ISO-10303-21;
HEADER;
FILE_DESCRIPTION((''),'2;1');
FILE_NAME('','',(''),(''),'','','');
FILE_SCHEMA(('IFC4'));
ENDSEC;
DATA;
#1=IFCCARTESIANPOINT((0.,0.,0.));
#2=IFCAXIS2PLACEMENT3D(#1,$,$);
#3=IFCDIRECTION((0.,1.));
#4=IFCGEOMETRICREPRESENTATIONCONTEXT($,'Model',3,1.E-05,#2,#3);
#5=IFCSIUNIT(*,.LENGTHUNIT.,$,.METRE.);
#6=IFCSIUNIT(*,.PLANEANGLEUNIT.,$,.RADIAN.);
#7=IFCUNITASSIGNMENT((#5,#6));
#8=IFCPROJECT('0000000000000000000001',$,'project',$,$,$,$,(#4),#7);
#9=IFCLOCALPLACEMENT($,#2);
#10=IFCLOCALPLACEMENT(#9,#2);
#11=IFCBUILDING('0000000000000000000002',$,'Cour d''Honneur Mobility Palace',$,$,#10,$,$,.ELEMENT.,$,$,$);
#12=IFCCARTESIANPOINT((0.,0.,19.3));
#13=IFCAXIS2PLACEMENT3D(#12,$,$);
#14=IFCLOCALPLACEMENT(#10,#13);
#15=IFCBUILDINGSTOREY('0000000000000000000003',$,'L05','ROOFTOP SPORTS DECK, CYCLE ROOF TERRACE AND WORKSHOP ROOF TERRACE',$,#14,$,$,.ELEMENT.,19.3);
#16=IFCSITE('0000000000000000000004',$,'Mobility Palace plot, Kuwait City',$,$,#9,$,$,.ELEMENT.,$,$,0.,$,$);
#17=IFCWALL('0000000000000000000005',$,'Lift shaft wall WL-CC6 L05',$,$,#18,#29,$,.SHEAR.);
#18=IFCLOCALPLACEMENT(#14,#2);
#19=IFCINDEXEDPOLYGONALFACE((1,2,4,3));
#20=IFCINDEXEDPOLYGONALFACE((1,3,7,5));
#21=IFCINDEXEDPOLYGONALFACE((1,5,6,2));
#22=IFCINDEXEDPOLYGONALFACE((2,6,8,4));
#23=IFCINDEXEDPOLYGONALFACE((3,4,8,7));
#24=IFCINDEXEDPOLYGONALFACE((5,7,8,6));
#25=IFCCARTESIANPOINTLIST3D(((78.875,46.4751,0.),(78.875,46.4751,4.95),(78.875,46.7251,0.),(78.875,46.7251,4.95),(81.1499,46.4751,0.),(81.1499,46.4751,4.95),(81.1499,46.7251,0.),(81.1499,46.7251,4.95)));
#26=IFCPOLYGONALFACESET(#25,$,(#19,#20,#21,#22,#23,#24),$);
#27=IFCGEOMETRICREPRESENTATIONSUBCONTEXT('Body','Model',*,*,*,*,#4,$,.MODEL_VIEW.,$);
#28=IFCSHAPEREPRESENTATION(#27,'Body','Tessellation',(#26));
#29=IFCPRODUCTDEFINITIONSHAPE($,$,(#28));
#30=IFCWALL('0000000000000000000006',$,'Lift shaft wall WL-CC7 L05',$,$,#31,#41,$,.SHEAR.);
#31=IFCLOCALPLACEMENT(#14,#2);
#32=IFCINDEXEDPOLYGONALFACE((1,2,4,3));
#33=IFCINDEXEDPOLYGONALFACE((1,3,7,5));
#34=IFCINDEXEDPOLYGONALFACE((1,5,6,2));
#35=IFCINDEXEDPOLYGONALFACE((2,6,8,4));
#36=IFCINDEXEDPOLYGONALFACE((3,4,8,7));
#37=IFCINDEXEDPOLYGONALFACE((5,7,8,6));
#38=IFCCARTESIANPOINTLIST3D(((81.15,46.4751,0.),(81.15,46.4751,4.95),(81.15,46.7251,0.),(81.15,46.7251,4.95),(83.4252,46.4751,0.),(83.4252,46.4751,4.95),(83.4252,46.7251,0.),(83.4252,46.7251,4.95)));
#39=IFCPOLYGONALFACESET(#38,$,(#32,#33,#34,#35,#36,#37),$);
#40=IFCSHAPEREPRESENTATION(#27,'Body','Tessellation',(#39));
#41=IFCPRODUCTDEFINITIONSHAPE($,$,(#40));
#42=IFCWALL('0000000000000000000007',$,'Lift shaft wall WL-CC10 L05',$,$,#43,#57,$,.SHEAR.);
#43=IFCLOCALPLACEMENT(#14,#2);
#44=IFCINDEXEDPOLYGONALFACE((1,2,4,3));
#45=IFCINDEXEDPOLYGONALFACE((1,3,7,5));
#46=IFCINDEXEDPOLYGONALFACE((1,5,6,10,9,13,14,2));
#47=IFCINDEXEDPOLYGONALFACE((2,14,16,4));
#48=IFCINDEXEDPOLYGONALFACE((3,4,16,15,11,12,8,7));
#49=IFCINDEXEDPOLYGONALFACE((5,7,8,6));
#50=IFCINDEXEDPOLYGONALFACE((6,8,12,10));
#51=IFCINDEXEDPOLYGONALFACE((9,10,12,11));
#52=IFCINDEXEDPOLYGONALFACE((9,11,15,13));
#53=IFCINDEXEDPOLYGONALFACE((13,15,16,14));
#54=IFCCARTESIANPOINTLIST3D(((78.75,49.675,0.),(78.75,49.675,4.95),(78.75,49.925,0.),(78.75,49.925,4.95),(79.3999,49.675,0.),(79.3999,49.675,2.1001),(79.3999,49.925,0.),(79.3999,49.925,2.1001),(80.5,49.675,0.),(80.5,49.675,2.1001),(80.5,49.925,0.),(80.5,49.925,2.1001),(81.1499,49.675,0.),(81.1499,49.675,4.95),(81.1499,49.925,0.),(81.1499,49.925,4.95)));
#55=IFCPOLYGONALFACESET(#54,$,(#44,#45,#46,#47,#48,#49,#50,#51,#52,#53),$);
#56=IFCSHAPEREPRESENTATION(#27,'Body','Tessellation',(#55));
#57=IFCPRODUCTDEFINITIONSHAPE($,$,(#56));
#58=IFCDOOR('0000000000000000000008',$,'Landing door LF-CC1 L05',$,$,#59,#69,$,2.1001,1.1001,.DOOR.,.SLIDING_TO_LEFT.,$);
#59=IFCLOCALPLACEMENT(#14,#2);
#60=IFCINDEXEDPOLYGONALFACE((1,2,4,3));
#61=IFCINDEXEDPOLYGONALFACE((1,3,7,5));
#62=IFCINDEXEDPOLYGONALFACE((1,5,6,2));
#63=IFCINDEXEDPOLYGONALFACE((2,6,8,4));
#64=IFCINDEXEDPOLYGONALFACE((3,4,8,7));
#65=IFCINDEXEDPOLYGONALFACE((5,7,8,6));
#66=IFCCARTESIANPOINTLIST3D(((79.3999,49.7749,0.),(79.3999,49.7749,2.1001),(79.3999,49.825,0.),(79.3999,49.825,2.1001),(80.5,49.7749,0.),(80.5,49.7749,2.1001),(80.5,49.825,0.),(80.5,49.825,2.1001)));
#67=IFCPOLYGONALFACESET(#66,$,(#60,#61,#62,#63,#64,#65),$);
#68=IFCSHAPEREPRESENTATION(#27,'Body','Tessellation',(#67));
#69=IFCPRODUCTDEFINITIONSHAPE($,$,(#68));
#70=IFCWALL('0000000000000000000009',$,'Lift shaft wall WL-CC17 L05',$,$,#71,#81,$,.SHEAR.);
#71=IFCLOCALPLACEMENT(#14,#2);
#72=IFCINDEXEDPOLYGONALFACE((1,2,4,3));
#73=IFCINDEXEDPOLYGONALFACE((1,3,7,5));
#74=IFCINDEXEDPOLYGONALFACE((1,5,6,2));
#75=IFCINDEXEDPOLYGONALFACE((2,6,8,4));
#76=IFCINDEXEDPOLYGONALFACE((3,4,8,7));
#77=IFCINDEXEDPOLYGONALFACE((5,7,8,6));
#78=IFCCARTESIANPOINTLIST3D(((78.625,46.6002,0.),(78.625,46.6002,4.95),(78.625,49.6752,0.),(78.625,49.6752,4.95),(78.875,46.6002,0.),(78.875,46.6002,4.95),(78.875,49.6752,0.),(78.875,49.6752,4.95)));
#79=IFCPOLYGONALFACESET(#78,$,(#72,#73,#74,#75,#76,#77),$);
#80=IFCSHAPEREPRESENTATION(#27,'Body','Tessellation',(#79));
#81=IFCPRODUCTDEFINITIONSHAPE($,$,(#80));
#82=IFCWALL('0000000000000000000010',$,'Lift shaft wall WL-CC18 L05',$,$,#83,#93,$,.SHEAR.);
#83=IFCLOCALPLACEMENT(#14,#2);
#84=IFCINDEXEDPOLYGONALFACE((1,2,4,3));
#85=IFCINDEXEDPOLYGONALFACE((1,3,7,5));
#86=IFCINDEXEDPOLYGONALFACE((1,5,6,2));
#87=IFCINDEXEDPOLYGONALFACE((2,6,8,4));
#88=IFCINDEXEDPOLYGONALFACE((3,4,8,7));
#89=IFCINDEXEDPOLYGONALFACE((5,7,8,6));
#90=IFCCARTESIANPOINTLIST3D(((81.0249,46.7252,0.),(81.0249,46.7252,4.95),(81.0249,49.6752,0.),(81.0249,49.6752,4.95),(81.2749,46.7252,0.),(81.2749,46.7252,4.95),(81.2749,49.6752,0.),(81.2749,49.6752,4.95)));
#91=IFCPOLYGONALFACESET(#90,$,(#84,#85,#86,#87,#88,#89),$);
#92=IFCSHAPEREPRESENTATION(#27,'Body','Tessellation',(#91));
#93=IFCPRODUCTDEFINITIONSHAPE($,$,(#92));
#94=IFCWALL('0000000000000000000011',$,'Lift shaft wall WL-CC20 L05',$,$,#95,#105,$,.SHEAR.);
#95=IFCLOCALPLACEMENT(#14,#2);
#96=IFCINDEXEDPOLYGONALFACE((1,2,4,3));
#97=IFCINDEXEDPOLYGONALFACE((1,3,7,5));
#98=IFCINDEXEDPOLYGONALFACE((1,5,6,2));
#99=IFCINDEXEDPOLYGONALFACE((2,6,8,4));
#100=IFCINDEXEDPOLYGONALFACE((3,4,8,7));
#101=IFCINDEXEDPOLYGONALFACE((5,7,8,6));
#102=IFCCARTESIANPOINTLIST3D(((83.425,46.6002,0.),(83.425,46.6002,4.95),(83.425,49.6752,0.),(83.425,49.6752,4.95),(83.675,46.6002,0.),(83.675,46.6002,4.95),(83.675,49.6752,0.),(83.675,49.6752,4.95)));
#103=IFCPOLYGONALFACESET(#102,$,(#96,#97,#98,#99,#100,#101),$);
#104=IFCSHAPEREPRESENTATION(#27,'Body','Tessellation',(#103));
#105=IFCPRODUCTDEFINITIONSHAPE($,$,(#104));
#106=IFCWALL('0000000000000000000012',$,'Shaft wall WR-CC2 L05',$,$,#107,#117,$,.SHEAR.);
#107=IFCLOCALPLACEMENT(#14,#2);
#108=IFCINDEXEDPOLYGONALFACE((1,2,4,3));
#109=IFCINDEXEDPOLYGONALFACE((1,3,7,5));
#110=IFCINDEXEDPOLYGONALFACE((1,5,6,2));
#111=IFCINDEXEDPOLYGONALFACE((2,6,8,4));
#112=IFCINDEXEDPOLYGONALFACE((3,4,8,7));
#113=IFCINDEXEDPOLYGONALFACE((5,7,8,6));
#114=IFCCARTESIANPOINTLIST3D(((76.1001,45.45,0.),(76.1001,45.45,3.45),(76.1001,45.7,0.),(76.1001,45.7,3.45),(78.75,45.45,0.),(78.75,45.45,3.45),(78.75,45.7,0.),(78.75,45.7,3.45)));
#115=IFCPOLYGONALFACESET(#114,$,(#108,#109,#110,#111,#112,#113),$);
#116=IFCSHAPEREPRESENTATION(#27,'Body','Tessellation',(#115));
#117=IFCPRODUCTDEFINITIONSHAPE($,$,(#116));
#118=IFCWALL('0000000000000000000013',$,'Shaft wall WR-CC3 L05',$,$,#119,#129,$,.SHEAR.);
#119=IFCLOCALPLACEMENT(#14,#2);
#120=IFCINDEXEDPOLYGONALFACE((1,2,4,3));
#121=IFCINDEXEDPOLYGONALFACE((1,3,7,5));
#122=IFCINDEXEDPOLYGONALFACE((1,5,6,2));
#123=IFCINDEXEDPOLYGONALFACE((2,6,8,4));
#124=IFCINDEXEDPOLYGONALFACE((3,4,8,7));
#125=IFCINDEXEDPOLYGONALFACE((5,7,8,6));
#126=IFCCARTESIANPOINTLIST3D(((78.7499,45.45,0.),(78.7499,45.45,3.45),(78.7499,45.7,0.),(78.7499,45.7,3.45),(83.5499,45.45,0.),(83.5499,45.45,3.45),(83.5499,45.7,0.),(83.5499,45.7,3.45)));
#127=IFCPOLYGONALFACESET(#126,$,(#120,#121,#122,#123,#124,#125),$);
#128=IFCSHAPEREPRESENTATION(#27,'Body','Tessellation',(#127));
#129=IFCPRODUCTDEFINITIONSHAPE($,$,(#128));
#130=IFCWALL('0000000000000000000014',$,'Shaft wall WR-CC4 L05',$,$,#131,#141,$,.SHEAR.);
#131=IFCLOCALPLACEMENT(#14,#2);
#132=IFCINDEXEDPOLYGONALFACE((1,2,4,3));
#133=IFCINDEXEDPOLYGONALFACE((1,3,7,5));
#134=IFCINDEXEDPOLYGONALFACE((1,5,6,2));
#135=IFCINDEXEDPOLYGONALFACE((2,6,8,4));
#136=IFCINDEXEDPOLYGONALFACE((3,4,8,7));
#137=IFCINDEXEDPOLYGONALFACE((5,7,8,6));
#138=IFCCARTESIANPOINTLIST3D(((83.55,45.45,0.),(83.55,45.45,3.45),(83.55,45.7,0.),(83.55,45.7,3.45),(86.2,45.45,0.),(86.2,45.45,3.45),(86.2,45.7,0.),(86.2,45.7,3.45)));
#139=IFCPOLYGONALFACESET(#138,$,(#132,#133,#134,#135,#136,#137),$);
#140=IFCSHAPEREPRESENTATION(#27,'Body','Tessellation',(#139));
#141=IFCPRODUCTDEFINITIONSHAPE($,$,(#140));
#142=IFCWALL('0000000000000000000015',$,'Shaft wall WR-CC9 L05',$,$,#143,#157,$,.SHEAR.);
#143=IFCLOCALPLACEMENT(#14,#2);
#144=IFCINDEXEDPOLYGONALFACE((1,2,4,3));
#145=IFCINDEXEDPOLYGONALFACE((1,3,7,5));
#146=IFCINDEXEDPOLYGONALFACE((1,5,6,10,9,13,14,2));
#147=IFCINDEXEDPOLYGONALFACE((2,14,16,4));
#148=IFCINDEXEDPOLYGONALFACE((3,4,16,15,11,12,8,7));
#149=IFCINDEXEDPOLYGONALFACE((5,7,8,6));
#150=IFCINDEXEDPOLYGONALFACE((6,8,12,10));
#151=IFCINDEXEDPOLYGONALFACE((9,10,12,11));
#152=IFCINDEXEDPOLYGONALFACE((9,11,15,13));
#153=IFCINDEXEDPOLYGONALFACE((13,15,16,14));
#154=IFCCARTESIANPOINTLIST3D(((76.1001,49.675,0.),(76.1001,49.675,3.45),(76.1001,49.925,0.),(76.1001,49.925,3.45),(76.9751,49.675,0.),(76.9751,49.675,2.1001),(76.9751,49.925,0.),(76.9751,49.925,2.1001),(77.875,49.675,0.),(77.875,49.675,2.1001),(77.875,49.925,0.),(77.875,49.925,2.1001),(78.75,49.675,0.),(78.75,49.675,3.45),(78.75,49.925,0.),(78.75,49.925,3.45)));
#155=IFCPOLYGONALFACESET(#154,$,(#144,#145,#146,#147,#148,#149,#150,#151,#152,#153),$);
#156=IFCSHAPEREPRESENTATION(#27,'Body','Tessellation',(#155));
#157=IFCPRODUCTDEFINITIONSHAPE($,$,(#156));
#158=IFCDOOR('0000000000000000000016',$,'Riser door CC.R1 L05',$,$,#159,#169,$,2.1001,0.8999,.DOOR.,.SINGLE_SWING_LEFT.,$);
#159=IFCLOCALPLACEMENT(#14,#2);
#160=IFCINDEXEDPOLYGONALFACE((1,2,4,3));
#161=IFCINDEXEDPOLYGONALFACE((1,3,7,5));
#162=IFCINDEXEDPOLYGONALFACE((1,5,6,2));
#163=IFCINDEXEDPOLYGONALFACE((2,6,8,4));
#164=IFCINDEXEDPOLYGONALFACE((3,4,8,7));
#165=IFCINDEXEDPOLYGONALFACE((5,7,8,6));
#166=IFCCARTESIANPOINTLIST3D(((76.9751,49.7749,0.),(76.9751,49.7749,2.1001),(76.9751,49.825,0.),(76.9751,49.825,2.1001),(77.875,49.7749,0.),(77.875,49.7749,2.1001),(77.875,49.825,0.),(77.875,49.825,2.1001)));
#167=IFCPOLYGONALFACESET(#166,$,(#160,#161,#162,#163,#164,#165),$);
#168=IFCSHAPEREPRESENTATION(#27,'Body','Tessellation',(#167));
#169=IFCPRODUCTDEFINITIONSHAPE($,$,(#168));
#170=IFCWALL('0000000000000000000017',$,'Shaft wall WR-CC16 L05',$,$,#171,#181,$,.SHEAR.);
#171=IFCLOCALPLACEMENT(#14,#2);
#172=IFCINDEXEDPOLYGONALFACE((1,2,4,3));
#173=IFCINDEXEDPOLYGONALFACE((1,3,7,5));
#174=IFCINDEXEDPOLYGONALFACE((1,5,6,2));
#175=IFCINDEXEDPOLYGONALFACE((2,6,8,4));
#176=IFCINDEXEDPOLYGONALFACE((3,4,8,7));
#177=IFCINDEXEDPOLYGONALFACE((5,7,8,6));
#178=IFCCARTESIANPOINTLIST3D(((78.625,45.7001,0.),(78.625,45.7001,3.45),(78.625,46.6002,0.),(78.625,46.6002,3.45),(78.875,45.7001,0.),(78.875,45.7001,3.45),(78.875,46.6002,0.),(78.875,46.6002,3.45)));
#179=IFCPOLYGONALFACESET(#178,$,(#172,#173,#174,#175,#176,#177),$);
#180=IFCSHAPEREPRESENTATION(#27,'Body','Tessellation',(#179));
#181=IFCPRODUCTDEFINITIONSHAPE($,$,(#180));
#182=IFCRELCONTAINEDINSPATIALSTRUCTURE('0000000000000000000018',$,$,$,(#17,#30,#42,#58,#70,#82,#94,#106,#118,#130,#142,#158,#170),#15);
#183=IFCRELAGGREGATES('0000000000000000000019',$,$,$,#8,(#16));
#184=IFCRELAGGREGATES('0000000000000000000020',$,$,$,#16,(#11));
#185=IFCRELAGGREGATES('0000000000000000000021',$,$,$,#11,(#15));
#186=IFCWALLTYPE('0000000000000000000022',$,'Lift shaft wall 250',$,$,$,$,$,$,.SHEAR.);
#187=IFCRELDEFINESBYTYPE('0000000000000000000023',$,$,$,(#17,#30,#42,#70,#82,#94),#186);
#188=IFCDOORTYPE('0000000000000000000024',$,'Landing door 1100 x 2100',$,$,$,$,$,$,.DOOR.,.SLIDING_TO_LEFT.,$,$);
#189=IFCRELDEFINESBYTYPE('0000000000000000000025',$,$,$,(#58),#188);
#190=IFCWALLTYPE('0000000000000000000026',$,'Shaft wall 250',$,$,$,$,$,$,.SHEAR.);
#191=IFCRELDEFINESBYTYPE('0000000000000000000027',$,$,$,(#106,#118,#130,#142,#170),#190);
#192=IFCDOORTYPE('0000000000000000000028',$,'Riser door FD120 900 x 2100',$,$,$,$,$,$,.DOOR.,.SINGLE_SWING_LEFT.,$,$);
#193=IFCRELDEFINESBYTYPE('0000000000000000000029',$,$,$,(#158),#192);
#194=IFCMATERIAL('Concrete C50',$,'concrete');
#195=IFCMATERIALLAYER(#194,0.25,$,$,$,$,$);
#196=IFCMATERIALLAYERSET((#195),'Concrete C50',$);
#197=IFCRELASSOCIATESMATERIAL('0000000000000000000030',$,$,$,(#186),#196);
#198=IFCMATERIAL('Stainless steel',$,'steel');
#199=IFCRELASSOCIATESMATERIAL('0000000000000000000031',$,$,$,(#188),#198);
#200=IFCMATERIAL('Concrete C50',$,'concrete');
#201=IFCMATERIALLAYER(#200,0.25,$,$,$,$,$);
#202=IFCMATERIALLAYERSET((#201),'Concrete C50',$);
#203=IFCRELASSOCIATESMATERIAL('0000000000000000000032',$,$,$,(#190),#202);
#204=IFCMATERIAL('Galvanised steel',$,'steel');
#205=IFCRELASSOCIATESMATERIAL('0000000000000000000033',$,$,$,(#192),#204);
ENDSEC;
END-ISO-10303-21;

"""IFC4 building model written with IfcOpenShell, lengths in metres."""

from ifc_helpers import new_model, si_unit, direction, frame, frame_2d, origin, place, context, subcontext, project, spatial, rectangle, extrude, material, layer, layer_set, type_object, element, fill, save


model = new_model("IFC4")

# Units and contexts
model_context = context("Model", 3, precision=1e-05, world=origin(), true_north=direction((0.0, 1.0)))
body_context = subcontext(model_context, "Body", "Model", "MODEL_VIEW")
ifc_project = project(units=[si_unit("LENGTHUNIT", "METRE"), si_unit("PLANEANGLEUNIT", "RADIAN")], contexts=[model_context])

# Site, building, storey
site_placement = place(None, origin())
site = spatial("IfcSite", under=ifc_project, at=site_placement, Name="Mobility Palace plot, Kuwait City", CompositionType="ELEMENT", RefElevation=0.0)
building_placement = place(site_placement, origin())
building = spatial("IfcBuilding", under=site, at=building_placement, Name="Cour d'Honneur Mobility Palace", CompositionType="ELEMENT")
storey_placement = place(building_placement, frame((0.0, 0.0, 19.3)))
storey = spatial("IfcBuildingStorey", under=building, at=storey_placement, Name="L05", Description="ROOFTOP SPORTS DECK, CYCLE ROOF TERRACE AND WORKSHOP ROOF TERRACE", CompositionType="ELEMENT", Elevation=19.3)

# Walls
ifc_material_1 = material(Name="Concrete C50", Category="concrete")
ifc_layer_1 = layer(ifc_material_1, 0.25)
ifc_layer_set_1 = layer_set([ifc_layer_1], Name="Concrete C50")
wall_type_1 = type_object("IfcWallType", Name="Lift shaft wall 250", PredefinedType="SHEAR", material=ifc_layer_set_1)
wall_1_placement = place(storey_placement, frame((78.875, 46.6001, 0.0), z_axis=(0.0, 0.0, 1.0), x_axis=(1.0, 0.0, 0.0)))
element("IfcWall", 1, at=wall_1_placement, inside=storey, type_object=wall_type_1, Name="Lift shaft wall WL-CC6 L05", PredefinedType="SHEAR", context=body_context, shape_type="SweptSolid", body=[
    extrude(rectangle(XDim=2.2749, YDim=0.25, at=frame_2d((1.1375, 0.0))), origin(), (0.0, 0.0, 1.0), 4.95),
])
wall_2_placement = place(storey_placement, frame((81.1499, 46.6001, 0.0), z_axis=(0.0, 0.0, 1.0), x_axis=(1.0, 0.0, 0.0)))
element("IfcWall", 2, at=wall_2_placement, inside=storey, type_object=wall_type_1, Name="Lift shaft wall WL-CC7 L05", PredefinedType="SHEAR", context=body_context, shape_type="SweptSolid", body=[
    extrude(rectangle(XDim=2.2751, YDim=0.25, at=frame_2d((1.1377, 0.0))), origin(), (0.0, 0.0, 1.0), 4.95),
])

# Wall, opening, door
wall_3_placement = place(storey_placement, frame((78.75, 49.8, 0.0), z_axis=(0.0, 0.0, 1.0), x_axis=(1.0, 0.0, 0.0)))
wall_3 = element("IfcWall", 3, at=wall_3_placement, inside=storey, type_object=wall_type_1, Name="Lift shaft wall WL-CC10 L05", PredefinedType="SHEAR", context=body_context, shape_type="SweptSolid", body=[
    extrude(rectangle(XDim=2.3999, YDim=0.25, at=frame_2d((1.2, 0.0))), origin(), (0.0, 0.0, 1.0), 4.95),
])
opening_1_placement = place(wall_3_placement, frame((0.6499, 0.0, 0.0)))
opening_1 = element("IfcOpeningElement", 4, at=opening_1_placement, cuts=wall_3, PredefinedType="OPENING", context=body_context, shape_type="SweptSolid", body=[
    extrude(rectangle(XDim=1.1001, YDim=2.1001, at=frame_2d((0.55, 1.05))), frame((0.0, 0.135, 0.0), z_axis=(0.0, -1.0, 0.0), x_axis=(1.0, 0.0, 0.0)), (0.0, 0.0, 1.0), 0.27),
])
ifc_material_2 = material(Name="Stainless steel", Category="steel")
door_type_1 = type_object("IfcDoorType", Name="Landing door 1100 x 2100", OperationType="SLIDING_TO_LEFT", PredefinedType="DOOR", material=ifc_material_2)
door_1_placement = place(opening_1_placement, origin())
door_1 = element("IfcDoor", 5, at=door_1_placement, inside=storey, type_object=door_type_1, Name="Landing door LF-CC1 L05", OperationType="SLIDING_TO_LEFT", OverallHeight=2.1001, OverallWidth=1.1001, PredefinedType="DOOR", context=body_context, shape_type="SweptSolid", body=[
    extrude(rectangle(XDim=1.1001, YDim=2.1001, at=frame_2d((0.55, 1.05))), frame((0.0, 0.0249, 0.0), z_axis=(0.0, -1.0, 0.0), x_axis=(1.0, 0.0, 0.0)), (0.0, 0.0, 1.0), 0.05),
])
fill(opening_1, door_1)

# Walls
wall_4_placement = place(storey_placement, frame((78.75, 46.6001, 0.0), z_axis=(0.0, 0.0, 1.0), x_axis=(0.0, 1.0, 0.0)))
element("IfcWall", 6, at=wall_4_placement, inside=storey, type_object=wall_type_1, Name="Lift shaft wall WL-CC17 L05", PredefinedType="SHEAR", context=body_context, shape_type="SweptSolid", body=[
    extrude(rectangle(XDim=3.075, YDim=0.25, at=frame_2d((1.5376, 0.0))), origin(), (0.0, 0.0, 1.0), 4.95),
])
wall_5_placement = place(storey_placement, frame((81.1499, 46.7251, 0.0), z_axis=(0.0, 0.0, 1.0), x_axis=(0.0, 1.0, 0.0)))
element("IfcWall", 7, at=wall_5_placement, inside=storey, type_object=wall_type_1, Name="Lift shaft wall WL-CC18 L05", PredefinedType="SHEAR", context=body_context, shape_type="SweptSolid", body=[
    extrude(rectangle(XDim=2.95, YDim=0.25, at=frame_2d((1.4751, 0.0))), origin(), (0.0, 0.0, 1.0), 4.95),
])
wall_6_placement = place(storey_placement, frame((83.55, 46.6001, 0.0), z_axis=(0.0, 0.0, 1.0), x_axis=(0.0, 1.0, 0.0)))
element("IfcWall", 8, at=wall_6_placement, inside=storey, type_object=wall_type_1, Name="Lift shaft wall WL-CC20 L05", PredefinedType="SHEAR", context=body_context, shape_type="SweptSolid", body=[
    extrude(rectangle(XDim=3.075, YDim=0.25, at=frame_2d((1.5376, 0.0))), origin(), (0.0, 0.0, 1.0), 4.95),
])
ifc_material_3 = material(Name="Concrete C50", Category="concrete")
ifc_layer_2 = layer(ifc_material_3, 0.25)
ifc_layer_set_2 = layer_set([ifc_layer_2], Name="Concrete C50")
wall_type_2 = type_object("IfcWallType", Name="Shaft wall 250", PredefinedType="SHEAR", material=ifc_layer_set_2)
wall_7_placement = place(storey_placement, frame((76.1001, 45.575, 0.0), z_axis=(0.0, 0.0, 1.0), x_axis=(1.0, 0.0, 0.0)))
element("IfcWall", 9, at=wall_7_placement, inside=storey, type_object=wall_type_2, Name="Shaft wall WR-CC2 L05", PredefinedType="SHEAR", context=body_context, shape_type="SweptSolid", body=[
    extrude(rectangle(XDim=2.6499, YDim=0.25, at=frame_2d((1.325, 0.0))), origin(), (0.0, 0.0, 1.0), 3.45),
])
wall_8_placement = place(storey_placement, frame((78.75, 45.575, 0.0), z_axis=(0.0, 0.0, 1.0), x_axis=(1.0, 0.0, 0.0)))
element("IfcWall", 10, at=wall_8_placement, inside=storey, type_object=wall_type_2, Name="Shaft wall WR-CC3 L05", PredefinedType="SHEAR", context=body_context, shape_type="SweptSolid", body=[
    extrude(rectangle(XDim=4.8, YDim=0.25, at=frame_2d((2.3999, 0.0))), origin(), (0.0, 0.0, 1.0), 3.45),
])
wall_9_placement = place(storey_placement, frame((83.55, 45.575, 0.0), z_axis=(0.0, 0.0, 1.0), x_axis=(1.0, 0.0, 0.0)))
element("IfcWall", 11, at=wall_9_placement, inside=storey, type_object=wall_type_2, Name="Shaft wall WR-CC4 L05", PredefinedType="SHEAR", context=body_context, shape_type="SweptSolid", body=[
    extrude(rectangle(XDim=2.6499, YDim=0.25, at=frame_2d((1.325, 0.0))), origin(), (0.0, 0.0, 1.0), 3.45),
])

# Wall, opening, door
wall_10_placement = place(storey_placement, frame((76.1001, 49.8, 0.0), z_axis=(0.0, 0.0, 1.0), x_axis=(1.0, 0.0, 0.0)))
wall_10 = element("IfcWall", 12, at=wall_10_placement, inside=storey, type_object=wall_type_2, Name="Shaft wall WR-CC9 L05", PredefinedType="SHEAR", context=body_context, shape_type="SweptSolid", body=[
    extrude(rectangle(XDim=2.6499, YDim=0.25, at=frame_2d((1.325, 0.0))), origin(), (0.0, 0.0, 1.0), 3.45),
])
opening_2_placement = place(wall_10_placement, frame((0.875, 0.0, 0.0)))
opening_2 = element("IfcOpeningElement", 13, at=opening_2_placement, cuts=wall_10, PredefinedType="OPENING", context=body_context, shape_type="SweptSolid", body=[
    extrude(rectangle(XDim=0.8999, YDim=2.1001, at=frame_2d((0.45, 1.05))), frame((0.0, 0.135, 0.0), z_axis=(0.0, -1.0, 0.0), x_axis=(1.0, 0.0, 0.0)), (0.0, 0.0, 1.0), 0.27),
])
ifc_material_4 = material(Name="Galvanised steel", Category="steel")
door_type_2 = type_object("IfcDoorType", Name="Riser door FD120 900 x 2100", OperationType="SINGLE_SWING_LEFT", PredefinedType="DOOR", material=ifc_material_4)
door_2_placement = place(opening_2_placement, origin())
door_2 = element("IfcDoor", 14, at=door_2_placement, inside=storey, type_object=door_type_2, Name="Riser door CC.R1 L05", OperationType="SINGLE_SWING_LEFT", OverallHeight=2.1001, OverallWidth=0.8999, PredefinedType="DOOR", context=body_context, shape_type="SweptSolid", body=[
    extrude(rectangle(XDim=0.8999, YDim=2.1001, at=frame_2d((0.45, 1.05))), frame((0.0, 0.0249, 0.0), z_axis=(0.0, -1.0, 0.0), x_axis=(1.0, 0.0, 0.0)), (0.0, 0.0, 1.0), 0.05),
])
fill(opening_2, door_2)

# Wall
for number, where, z_axis, x_axis, name in (
    (15, (78.75, 45.7, 0.0), (0.0, 0.0, 1.0), (0.0, 1.0, 0.0), "Shaft wall WR-CC16 L05"),
):
    element("IfcWall", number, at=place(storey_placement, frame(where, z_axis=z_axis, x_axis=x_axis)), inside=storey, type_object=wall_type_2, Name=name, PredefinedType="SHEAR", context=body_context, shape_type="SweptSolid", body=[
        extrude(rectangle(XDim=0.9001, YDim=0.25, at=frame_2d((0.4502, 0.0))), origin(), (0.0, 0.0, 1.0), 3.45),
    ])

save(model, "model.ifc")
